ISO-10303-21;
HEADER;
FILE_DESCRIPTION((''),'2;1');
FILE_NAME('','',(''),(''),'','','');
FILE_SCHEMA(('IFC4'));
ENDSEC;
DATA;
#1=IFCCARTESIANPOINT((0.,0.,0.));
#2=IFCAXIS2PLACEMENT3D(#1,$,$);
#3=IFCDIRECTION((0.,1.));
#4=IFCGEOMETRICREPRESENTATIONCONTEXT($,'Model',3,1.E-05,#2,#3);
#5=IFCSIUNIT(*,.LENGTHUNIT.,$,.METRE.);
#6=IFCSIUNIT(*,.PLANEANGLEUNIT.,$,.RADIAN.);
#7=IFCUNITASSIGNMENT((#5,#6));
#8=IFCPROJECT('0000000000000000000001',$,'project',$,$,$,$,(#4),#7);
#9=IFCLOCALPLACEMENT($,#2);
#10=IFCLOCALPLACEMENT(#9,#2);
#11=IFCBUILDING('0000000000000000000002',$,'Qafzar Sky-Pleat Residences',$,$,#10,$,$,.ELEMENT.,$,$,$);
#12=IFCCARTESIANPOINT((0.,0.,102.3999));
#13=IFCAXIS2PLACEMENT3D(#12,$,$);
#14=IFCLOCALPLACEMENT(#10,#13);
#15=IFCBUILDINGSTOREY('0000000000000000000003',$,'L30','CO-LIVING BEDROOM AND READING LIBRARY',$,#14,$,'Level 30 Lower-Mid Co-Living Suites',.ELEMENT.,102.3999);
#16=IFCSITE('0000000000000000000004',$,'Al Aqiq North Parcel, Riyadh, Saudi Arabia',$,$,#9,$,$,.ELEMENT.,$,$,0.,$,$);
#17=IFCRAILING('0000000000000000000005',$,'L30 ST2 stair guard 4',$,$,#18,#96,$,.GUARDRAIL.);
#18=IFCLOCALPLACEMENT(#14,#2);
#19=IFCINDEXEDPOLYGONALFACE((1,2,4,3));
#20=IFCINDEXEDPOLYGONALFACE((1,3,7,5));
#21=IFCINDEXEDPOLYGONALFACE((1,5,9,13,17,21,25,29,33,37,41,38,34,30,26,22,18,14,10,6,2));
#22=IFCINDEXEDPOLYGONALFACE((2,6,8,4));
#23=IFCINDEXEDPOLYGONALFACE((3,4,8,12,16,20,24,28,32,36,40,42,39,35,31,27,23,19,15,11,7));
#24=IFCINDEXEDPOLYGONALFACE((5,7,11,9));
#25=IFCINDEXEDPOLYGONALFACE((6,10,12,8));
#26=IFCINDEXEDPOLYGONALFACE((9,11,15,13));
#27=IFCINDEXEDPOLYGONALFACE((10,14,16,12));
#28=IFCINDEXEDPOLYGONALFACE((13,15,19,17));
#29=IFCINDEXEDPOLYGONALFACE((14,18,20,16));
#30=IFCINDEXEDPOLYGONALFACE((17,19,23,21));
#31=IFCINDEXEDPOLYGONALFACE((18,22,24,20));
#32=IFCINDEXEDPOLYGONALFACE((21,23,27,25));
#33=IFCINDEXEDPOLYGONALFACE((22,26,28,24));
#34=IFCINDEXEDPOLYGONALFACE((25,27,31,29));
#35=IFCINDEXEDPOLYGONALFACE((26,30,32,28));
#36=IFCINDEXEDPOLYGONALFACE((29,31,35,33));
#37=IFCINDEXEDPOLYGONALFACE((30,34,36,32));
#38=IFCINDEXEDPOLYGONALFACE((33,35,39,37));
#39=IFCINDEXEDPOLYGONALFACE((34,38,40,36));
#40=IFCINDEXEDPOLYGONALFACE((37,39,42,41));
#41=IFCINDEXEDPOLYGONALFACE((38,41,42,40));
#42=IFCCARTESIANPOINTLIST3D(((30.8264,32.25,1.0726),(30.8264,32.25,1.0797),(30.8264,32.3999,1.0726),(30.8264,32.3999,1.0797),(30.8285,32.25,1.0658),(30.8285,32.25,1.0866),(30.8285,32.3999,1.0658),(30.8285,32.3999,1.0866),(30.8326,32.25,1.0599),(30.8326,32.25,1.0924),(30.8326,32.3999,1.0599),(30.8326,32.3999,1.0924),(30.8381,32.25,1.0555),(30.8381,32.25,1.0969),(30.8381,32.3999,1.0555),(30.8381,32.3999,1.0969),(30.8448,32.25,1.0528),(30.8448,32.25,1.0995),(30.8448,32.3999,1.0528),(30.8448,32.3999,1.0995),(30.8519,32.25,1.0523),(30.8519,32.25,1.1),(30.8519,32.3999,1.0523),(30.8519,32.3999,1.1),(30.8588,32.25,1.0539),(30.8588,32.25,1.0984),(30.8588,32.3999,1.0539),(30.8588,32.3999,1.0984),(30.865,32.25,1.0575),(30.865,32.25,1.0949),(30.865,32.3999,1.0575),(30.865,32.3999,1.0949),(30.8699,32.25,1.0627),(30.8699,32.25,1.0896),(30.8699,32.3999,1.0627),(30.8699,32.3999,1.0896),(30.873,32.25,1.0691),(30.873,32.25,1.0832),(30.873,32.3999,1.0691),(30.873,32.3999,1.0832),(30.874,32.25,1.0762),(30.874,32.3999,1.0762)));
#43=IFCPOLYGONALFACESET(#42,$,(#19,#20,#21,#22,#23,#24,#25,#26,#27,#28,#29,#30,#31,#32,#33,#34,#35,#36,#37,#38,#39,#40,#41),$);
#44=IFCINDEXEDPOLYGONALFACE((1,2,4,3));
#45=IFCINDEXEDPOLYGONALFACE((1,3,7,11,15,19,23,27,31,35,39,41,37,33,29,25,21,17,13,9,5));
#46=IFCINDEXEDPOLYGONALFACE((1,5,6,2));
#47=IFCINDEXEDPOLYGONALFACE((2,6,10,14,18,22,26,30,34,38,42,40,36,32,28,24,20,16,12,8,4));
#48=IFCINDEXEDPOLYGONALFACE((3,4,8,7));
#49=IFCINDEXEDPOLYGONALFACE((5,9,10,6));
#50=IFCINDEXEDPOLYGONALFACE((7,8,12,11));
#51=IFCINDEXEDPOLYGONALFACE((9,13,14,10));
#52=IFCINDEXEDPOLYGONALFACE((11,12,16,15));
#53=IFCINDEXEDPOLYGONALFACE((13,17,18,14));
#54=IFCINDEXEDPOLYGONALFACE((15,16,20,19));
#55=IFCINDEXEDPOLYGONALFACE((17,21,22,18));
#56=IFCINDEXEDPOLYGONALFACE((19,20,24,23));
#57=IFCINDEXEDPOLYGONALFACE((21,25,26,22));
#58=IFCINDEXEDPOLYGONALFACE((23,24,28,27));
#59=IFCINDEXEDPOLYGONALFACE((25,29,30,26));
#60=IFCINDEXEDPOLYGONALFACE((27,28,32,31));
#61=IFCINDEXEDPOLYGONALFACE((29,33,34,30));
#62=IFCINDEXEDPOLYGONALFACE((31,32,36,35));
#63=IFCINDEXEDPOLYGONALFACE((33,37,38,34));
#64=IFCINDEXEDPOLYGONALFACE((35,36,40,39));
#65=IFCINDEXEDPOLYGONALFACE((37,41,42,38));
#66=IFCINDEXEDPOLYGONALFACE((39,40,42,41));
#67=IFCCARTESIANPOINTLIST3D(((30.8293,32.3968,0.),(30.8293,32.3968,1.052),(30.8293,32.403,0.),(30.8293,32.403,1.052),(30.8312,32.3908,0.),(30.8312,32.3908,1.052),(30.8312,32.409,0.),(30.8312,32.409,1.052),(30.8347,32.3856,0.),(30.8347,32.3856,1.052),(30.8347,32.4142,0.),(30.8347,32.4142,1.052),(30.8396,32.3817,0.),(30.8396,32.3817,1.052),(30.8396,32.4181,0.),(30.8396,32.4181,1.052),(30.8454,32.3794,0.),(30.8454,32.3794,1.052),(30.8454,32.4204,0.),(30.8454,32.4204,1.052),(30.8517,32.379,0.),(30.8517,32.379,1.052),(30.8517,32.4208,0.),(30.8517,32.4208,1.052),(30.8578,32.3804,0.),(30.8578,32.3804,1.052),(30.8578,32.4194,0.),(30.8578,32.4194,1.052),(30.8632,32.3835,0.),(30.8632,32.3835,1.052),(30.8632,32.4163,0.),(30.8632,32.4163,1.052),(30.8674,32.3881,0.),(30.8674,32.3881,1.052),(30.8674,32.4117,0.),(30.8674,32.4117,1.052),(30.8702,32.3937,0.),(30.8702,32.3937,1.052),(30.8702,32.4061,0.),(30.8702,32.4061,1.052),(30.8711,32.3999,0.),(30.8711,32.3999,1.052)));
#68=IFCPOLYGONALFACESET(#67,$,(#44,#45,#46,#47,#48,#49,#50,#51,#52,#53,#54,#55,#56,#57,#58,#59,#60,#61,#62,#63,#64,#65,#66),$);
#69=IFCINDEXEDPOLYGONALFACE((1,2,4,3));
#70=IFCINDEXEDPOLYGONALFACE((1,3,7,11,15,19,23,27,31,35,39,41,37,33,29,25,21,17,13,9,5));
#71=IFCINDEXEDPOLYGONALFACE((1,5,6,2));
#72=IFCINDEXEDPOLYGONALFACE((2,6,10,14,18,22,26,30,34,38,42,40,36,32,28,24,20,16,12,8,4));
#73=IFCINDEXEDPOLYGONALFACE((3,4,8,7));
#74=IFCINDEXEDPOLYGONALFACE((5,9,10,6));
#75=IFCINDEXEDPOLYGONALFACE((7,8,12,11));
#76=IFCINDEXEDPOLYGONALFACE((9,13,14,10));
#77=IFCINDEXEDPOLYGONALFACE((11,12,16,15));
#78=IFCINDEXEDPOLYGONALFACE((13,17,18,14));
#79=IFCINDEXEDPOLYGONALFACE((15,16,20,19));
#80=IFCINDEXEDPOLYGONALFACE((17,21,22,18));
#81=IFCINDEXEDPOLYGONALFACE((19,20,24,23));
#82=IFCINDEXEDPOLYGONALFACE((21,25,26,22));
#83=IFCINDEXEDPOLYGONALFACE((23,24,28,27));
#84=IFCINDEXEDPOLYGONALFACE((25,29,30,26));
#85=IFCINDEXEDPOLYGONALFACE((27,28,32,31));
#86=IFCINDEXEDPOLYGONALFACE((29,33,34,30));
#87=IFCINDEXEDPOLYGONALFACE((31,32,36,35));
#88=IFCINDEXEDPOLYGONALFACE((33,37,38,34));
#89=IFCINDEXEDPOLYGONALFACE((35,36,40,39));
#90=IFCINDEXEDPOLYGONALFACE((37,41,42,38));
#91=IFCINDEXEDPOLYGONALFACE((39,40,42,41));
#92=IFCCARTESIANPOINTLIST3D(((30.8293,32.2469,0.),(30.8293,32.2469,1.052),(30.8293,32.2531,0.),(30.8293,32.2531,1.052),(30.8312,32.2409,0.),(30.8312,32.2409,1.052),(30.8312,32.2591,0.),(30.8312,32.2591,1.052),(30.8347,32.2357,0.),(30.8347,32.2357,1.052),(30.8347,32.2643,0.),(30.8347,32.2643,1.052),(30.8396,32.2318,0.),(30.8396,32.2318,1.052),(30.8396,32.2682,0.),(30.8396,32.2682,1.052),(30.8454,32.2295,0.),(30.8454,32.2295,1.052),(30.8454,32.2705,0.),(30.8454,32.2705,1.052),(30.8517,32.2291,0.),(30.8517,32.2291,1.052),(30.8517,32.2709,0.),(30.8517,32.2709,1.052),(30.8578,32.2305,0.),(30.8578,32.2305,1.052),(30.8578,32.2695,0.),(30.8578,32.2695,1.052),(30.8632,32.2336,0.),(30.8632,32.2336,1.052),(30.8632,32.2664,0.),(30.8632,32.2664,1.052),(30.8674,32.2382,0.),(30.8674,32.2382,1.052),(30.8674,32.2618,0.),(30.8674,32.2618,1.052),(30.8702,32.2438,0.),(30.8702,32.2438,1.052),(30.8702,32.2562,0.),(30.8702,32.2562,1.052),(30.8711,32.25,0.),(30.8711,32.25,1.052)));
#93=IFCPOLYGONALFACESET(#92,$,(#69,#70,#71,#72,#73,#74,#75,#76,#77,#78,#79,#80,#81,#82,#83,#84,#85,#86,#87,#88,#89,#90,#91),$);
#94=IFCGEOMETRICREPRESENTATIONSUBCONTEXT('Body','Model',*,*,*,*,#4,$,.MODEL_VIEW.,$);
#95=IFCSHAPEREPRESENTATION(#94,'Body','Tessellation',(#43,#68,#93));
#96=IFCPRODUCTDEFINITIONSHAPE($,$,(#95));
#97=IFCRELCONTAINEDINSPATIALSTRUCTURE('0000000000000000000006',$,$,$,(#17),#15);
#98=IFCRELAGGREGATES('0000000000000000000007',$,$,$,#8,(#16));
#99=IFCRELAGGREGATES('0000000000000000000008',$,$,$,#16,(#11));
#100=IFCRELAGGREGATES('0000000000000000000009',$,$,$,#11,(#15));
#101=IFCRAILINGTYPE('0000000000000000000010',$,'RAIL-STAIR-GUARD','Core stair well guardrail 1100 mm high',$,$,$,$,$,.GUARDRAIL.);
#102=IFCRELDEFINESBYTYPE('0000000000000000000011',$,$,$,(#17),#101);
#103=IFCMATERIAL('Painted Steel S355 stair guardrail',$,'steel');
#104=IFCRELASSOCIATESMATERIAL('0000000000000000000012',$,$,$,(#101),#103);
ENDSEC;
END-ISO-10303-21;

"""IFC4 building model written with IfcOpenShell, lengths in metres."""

from ifc_helpers import new_model, si_unit, direction, frame, origin, origin_2d, place, context, subcontext, project, spatial, circle, extrude, source, transform, mapped, material, type_object, element, save


model = new_model("IFC4")

# Units and contexts
model_context = context("Model", 3, precision=1e-05, world=origin(), true_north=direction((0.0, 1.0)))
body_context = subcontext(model_context, "Body", "Model", "MODEL_VIEW")
ifc_project = project(units=[si_unit("LENGTHUNIT", "METRE"), si_unit("PLANEANGLEUNIT", "RADIAN")], contexts=[model_context])

# Site, building, storey
site_placement = place(None, origin())
site = spatial("IfcSite", under=ifc_project, at=site_placement, Name="Al Aqiq North Parcel, Riyadh, Saudi Arabia", CompositionType="ELEMENT", RefElevation=0.0)
building_placement = place(site_placement, origin())
building = spatial("IfcBuilding", under=site, at=building_placement, Name="Qafzar Sky-Pleat Residences", CompositionType="ELEMENT")
storey_placement = place(building_placement, frame((0.0, 0.0, 102.3999)))
storey = spatial("IfcBuildingStorey", under=building, at=storey_placement, Name="L30", Description="CO-LIVING BEDROOM AND READING LIBRARY", LongName="Level 30 Lower-Mid Co-Living Suites", CompositionType="ELEMENT", Elevation=102.3999)

# Railing
ifc_material_1 = material(Name="Painted Steel S355 stair guardrail", Category="steel")
railing_type_1 = type_object("IfcRailingType", Name="RAIL-STAIR-GUARD", Description="Core stair well guardrail 1100 mm high", PredefinedType="GUARDRAIL", material=ifc_material_1)
shared_shape_1 = source(origin(), body_context, "Body", "SweptSolid", [
    extrude(circle(Radius=0.0239, at=origin_2d()), frame((0.0, 0.0, 1.0762), z_axis=(0.0, -1.0, 0.0), x_axis=(1.0, 0.0, 0.0)), (0.0, 0.0, 1.0), 0.1499),
    extrude(circle(Radius=0.021, at=origin_2d()), origin(), (0.0, 0.0, 1.0), 1.052),
    extrude(circle(Radius=0.021, at=origin_2d()), frame((0.0, -0.1499, 0.0)), (0.0, 0.0, 1.0), 1.052),
])
for number, where, name in (
    (1, (30.8501, 32.3999, 0.0), "L30 ST2 stair guard 4"),
):
    element("IfcRailing", number, at=place(storey_placement, frame(where)), inside=storey, type_object=railing_type_1, Name=name, PredefinedType="GUARDRAIL", context=body_context, shape_type="MappedRepresentation", body=[
        mapped(shared_shape_1, transform((0.0, 0.0, 0.0), x_axis=(1.0, 0.0, 0.0), y_axis=(0.0, 1.0, 0.0), z_axis=(0.0, 0.0, 1.0), scale=1.0)),
    ])

save(model, "model.ifc")
